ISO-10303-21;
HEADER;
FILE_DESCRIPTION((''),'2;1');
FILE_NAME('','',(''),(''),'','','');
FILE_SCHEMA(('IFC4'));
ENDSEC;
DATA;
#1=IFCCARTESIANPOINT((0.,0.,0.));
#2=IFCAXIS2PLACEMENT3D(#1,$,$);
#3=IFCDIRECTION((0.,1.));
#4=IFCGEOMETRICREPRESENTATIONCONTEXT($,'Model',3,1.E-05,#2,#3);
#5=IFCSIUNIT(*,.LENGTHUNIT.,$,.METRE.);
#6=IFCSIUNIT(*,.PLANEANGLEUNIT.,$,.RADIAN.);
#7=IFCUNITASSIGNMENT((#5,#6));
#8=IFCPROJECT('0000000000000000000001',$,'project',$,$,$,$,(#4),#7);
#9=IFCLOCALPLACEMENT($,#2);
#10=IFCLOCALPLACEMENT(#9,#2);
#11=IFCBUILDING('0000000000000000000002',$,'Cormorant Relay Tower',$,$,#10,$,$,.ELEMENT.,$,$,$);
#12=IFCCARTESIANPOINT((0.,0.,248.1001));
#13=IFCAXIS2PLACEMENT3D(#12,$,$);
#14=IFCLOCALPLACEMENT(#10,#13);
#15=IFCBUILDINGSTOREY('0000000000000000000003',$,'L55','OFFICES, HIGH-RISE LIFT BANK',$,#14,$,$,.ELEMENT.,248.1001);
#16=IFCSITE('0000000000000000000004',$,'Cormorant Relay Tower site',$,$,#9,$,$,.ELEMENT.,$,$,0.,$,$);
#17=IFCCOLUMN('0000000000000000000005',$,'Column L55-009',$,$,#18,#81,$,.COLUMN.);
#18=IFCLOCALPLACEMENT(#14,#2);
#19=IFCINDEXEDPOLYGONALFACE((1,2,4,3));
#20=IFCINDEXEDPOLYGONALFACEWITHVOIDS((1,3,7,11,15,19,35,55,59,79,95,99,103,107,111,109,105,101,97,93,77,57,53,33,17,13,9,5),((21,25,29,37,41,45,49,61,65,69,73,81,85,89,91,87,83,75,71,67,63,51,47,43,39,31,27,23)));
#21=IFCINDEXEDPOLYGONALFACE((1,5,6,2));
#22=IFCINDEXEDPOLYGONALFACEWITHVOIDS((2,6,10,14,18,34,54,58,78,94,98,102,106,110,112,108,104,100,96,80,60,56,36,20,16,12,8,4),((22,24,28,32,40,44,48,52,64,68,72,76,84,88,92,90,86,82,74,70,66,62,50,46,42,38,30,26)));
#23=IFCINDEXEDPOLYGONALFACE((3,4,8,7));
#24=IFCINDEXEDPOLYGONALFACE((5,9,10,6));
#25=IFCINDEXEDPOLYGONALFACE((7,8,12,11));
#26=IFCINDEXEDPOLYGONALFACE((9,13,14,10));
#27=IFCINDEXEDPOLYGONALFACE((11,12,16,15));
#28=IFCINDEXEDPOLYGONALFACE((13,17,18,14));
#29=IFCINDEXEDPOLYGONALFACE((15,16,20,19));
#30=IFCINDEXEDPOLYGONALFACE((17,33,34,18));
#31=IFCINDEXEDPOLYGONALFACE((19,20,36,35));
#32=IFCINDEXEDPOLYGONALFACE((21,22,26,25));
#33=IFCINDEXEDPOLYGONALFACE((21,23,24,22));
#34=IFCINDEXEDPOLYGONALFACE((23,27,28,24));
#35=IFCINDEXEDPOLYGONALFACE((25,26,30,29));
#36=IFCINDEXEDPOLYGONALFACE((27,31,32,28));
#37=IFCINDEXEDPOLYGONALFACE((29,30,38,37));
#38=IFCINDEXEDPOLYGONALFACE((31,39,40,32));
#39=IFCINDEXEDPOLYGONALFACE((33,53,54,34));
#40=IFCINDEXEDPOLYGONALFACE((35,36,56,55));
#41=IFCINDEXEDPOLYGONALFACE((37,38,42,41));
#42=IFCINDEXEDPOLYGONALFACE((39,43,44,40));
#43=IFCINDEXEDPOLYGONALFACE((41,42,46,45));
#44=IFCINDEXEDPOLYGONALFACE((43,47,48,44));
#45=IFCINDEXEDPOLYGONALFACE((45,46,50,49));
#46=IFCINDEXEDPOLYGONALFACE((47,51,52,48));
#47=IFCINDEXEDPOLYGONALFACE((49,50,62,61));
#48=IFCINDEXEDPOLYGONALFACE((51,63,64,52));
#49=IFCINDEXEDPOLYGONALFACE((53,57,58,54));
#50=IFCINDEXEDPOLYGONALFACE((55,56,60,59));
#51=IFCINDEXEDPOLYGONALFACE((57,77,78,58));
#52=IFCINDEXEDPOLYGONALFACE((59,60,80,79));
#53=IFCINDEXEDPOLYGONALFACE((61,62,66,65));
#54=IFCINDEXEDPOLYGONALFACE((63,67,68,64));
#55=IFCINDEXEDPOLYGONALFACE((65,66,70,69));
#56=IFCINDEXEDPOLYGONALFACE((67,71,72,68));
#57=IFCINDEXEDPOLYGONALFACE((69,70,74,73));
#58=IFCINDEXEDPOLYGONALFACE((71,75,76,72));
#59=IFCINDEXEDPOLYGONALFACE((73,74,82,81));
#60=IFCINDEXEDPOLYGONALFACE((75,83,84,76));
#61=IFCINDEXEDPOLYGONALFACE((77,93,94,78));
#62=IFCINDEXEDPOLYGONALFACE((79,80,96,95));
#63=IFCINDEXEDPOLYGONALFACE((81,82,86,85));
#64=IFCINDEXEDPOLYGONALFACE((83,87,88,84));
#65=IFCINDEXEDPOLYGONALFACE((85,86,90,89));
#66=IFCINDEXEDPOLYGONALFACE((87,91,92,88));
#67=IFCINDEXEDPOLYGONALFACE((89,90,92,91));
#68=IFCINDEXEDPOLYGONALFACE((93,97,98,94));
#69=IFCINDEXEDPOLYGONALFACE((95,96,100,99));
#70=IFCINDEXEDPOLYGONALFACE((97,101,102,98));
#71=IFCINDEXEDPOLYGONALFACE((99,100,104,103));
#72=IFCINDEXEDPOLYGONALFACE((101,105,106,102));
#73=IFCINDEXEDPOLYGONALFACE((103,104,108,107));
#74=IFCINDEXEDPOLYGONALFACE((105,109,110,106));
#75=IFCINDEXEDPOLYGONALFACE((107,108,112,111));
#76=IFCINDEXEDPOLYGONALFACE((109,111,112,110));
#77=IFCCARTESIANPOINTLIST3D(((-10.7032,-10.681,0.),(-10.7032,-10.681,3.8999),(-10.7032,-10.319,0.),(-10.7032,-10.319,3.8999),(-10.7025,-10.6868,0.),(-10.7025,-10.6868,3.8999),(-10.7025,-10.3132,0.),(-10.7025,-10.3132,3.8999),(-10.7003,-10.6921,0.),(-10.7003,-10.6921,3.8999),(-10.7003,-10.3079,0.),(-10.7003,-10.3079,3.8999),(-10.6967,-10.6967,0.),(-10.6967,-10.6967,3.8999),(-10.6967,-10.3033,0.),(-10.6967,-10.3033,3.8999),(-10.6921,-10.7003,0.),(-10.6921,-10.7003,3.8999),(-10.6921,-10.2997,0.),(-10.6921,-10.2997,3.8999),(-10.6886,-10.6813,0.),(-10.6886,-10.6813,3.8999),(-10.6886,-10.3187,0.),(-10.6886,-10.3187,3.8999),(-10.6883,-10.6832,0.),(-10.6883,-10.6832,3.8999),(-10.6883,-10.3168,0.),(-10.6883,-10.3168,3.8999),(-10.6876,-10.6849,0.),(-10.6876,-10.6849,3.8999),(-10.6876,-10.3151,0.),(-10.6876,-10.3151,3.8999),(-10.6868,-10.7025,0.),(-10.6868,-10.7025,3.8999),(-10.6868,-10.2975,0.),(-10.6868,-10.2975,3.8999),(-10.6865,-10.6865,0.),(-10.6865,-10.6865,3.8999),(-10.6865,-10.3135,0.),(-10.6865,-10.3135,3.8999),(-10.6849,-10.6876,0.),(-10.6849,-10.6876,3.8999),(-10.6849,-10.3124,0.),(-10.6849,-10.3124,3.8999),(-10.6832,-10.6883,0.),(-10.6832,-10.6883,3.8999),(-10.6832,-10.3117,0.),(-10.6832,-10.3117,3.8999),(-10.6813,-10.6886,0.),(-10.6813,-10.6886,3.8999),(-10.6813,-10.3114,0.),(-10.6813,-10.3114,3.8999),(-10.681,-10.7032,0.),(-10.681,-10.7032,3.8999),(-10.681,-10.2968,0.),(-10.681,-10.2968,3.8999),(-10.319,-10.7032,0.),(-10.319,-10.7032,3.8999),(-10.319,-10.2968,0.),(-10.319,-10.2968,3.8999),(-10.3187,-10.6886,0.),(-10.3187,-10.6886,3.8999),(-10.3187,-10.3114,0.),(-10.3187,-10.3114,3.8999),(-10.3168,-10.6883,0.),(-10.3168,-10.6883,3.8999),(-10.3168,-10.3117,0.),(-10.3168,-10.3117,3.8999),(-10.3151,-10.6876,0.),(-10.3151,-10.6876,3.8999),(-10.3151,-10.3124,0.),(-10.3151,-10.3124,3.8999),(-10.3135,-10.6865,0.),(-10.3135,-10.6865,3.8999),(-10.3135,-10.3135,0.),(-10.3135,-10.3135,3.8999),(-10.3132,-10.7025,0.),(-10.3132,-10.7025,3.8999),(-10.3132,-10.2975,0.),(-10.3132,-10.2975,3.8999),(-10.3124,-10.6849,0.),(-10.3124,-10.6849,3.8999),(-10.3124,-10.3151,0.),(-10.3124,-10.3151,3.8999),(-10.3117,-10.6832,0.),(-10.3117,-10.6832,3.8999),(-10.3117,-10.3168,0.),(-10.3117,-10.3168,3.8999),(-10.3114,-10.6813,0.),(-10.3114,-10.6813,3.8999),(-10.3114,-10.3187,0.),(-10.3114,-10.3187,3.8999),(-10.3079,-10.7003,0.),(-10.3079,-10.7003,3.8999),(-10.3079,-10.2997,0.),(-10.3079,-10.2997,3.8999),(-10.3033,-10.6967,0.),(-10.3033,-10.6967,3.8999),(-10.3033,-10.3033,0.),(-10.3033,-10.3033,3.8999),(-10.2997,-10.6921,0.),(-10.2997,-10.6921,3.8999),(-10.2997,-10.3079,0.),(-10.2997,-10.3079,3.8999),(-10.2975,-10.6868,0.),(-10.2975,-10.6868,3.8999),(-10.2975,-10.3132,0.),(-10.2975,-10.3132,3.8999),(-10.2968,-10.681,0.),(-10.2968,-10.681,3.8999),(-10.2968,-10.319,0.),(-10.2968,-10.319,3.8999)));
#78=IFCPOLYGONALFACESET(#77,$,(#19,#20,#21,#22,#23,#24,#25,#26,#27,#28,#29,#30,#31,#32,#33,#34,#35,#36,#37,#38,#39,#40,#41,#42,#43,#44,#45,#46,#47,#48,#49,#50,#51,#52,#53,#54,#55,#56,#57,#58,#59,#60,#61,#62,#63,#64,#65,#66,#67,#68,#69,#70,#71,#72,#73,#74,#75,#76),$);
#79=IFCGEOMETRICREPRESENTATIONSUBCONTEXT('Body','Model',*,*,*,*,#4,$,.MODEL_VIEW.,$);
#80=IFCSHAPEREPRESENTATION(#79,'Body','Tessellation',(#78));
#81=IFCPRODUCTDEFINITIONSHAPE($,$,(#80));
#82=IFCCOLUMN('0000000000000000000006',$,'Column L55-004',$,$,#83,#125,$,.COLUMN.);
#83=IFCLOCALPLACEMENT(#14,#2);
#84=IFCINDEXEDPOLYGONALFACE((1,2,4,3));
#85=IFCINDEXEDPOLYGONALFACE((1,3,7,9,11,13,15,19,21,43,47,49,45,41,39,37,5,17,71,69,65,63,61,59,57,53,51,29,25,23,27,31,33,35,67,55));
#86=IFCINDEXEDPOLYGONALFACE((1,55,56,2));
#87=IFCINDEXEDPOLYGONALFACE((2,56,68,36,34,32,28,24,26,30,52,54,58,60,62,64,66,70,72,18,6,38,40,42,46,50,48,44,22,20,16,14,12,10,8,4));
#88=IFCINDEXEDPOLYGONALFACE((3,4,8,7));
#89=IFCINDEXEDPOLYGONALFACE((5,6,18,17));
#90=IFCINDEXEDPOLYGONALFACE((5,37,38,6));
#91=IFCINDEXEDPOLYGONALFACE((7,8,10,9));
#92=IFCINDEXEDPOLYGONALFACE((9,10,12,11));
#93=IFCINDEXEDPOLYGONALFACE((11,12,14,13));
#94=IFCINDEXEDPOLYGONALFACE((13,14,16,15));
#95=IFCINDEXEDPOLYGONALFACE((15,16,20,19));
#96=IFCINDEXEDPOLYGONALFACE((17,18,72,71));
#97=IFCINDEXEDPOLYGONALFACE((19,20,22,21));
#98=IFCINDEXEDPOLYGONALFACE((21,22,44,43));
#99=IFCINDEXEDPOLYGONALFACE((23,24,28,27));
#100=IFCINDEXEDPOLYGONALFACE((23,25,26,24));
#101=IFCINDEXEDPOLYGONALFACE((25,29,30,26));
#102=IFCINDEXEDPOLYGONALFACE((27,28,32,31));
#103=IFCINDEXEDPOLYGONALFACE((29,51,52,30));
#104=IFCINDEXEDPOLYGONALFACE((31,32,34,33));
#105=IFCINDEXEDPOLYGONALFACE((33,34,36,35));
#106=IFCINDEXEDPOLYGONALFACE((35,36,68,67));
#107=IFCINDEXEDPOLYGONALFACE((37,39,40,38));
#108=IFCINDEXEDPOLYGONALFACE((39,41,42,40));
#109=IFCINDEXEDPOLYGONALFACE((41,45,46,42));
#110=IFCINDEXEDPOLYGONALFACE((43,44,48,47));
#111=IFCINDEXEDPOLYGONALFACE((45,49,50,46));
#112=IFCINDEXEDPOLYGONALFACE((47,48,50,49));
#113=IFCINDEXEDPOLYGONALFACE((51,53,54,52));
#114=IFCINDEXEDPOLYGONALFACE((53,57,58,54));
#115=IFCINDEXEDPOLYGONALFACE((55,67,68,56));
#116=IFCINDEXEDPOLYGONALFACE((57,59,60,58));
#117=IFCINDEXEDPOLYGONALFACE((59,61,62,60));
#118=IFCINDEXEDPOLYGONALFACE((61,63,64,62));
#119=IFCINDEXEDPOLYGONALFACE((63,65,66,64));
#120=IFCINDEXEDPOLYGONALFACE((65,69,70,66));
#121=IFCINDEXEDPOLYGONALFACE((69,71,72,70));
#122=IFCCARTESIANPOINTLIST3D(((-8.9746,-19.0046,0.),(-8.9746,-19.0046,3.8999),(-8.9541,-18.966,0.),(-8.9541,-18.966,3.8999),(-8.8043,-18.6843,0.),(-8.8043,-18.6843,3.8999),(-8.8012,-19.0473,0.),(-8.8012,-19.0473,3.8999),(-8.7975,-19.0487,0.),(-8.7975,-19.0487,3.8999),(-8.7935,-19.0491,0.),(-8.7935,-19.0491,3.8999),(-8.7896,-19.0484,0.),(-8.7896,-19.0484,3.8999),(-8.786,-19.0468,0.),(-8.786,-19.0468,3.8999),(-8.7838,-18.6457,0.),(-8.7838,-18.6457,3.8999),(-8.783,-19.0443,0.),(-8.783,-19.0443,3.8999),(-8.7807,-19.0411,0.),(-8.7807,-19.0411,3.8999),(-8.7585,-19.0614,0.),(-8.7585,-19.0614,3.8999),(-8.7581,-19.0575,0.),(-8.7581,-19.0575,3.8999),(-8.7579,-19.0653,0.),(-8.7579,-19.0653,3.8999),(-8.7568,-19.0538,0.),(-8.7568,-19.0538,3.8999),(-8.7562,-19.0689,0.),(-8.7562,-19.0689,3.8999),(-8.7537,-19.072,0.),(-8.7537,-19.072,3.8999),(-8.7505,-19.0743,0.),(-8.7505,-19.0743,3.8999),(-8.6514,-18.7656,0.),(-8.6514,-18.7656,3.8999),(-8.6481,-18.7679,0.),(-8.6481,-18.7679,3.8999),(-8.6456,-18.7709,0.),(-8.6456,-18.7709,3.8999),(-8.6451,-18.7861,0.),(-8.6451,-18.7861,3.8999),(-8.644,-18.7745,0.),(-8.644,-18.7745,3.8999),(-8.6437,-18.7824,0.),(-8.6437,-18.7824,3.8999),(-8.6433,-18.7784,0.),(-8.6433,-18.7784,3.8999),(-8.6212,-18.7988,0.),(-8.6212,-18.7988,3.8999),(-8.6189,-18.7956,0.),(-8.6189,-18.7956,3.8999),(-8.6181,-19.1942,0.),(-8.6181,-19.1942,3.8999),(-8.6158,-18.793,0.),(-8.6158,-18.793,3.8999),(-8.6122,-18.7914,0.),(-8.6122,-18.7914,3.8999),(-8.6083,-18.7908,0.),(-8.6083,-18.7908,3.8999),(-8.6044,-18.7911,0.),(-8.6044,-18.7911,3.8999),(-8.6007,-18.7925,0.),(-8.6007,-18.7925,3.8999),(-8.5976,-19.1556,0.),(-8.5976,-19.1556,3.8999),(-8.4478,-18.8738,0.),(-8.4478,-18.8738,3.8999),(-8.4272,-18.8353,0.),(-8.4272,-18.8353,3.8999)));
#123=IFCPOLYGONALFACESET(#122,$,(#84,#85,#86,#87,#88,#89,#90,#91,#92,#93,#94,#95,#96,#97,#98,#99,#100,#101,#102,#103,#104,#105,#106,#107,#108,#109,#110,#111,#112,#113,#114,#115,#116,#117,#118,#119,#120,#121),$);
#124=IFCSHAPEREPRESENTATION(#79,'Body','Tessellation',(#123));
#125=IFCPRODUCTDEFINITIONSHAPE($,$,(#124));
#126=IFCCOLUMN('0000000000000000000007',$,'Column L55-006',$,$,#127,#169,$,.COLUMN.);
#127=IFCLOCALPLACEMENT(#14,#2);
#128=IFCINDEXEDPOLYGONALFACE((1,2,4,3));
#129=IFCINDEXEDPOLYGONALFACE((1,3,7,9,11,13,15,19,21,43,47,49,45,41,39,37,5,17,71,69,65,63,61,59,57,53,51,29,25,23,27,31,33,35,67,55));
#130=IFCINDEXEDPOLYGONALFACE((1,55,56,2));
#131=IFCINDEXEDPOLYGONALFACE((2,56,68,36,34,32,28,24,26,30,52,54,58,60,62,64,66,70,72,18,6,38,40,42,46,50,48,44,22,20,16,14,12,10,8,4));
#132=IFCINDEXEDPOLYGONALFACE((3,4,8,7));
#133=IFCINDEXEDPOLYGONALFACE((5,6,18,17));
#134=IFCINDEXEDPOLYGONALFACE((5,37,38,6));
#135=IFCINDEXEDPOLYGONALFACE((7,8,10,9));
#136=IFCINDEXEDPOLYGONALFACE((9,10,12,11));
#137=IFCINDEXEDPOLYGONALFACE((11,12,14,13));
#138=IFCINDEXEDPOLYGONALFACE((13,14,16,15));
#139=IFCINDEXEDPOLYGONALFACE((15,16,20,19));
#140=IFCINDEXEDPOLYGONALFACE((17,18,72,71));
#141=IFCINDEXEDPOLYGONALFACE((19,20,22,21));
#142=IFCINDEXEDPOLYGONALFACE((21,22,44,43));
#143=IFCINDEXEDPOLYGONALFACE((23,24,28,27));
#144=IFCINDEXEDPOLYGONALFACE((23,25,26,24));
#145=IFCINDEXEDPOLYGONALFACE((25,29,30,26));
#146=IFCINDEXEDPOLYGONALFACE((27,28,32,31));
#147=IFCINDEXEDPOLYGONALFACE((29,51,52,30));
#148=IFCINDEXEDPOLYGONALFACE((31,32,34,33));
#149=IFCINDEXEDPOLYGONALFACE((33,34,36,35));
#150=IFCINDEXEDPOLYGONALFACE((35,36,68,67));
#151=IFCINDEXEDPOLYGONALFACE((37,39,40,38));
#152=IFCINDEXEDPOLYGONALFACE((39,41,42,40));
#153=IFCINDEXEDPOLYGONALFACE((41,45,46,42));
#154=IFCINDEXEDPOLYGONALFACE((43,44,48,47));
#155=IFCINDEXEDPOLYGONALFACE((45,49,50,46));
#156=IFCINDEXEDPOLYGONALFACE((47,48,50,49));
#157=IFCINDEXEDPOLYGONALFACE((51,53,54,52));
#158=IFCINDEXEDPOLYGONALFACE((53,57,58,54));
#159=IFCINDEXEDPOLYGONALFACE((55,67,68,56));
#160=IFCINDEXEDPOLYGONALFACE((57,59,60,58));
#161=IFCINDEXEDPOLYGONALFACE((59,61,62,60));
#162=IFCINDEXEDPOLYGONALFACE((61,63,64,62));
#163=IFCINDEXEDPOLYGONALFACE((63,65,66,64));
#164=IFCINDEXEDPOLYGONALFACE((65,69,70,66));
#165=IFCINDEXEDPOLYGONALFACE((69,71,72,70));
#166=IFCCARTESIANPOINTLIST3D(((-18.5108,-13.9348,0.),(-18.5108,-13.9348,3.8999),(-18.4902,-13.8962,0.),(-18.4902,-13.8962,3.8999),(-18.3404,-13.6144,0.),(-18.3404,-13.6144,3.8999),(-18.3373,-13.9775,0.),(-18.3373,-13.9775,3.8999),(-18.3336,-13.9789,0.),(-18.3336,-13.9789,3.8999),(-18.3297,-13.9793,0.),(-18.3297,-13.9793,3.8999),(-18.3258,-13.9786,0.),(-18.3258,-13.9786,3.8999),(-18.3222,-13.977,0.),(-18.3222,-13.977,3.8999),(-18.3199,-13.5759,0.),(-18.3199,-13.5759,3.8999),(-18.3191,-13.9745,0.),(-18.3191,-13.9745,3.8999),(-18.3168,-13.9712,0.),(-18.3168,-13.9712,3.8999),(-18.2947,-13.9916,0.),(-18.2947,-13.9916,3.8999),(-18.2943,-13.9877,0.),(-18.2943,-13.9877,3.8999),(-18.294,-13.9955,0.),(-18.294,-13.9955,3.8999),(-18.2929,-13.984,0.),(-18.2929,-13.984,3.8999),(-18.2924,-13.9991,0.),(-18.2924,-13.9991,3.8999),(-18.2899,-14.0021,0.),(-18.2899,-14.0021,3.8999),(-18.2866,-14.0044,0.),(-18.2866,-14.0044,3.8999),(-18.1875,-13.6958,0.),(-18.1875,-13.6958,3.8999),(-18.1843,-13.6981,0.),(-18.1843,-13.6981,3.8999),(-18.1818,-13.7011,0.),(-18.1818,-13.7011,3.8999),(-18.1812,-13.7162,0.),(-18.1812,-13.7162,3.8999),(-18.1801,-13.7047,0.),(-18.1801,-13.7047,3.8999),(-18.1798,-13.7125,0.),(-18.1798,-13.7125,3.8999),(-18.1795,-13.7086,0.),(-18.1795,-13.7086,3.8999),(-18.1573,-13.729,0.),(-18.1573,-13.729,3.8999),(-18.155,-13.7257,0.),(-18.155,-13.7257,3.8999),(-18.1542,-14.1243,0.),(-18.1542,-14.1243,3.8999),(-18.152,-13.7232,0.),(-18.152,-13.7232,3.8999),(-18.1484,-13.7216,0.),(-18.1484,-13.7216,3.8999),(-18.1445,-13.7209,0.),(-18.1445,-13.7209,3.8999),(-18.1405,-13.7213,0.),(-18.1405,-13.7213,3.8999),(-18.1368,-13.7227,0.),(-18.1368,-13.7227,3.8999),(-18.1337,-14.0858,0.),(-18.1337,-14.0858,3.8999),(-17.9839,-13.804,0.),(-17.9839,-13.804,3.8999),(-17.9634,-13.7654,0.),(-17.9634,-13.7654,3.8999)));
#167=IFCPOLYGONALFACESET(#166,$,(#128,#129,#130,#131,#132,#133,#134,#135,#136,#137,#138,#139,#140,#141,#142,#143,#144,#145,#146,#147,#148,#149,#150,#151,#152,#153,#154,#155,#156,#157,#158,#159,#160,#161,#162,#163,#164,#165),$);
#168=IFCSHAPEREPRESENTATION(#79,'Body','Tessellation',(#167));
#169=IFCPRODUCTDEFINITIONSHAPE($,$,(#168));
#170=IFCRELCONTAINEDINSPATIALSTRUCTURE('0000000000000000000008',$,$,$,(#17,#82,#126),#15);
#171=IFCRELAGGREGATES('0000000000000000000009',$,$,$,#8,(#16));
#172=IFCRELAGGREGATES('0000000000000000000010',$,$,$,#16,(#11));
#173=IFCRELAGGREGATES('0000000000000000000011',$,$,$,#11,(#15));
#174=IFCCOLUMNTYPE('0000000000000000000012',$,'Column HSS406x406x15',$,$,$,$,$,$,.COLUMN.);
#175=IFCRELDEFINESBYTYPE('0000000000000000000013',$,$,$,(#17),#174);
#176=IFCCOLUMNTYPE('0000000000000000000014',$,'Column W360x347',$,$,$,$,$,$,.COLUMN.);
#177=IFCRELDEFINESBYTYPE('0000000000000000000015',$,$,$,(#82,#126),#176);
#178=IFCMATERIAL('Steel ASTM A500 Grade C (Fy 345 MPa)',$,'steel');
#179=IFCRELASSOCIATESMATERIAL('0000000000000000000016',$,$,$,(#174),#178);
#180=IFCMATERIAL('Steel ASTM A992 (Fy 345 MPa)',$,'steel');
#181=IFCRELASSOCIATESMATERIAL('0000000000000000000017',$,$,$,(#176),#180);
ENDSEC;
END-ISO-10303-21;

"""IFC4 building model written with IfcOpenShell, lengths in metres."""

from ifc_helpers import new_model, si_unit, direction, frame, origin, origin_2d, place, context, subcontext, project, spatial, hollow_rectangle, i_section, extrude, material, material_profile, profile_set, type_object, element, save


model = new_model("IFC4")

# Units and contexts
model_context = context("Model", 3, precision=1e-05, world=origin(), true_north=direction((0.0, 1.0)))
body_context = subcontext(model_context, "Body", "Model", "MODEL_VIEW")
ifc_project = project(units=[si_unit("LENGTHUNIT", "METRE"), si_unit("PLANEANGLEUNIT", "RADIAN")], contexts=[model_context])

# Site, building, storey
site_placement = place(None, origin())
site = spatial("IfcSite", under=ifc_project, at=site_placement, Name="Cormorant Relay Tower site", CompositionType="ELEMENT", RefElevation=0.0)
building_placement = place(site_placement, origin())
building = spatial("IfcBuilding", under=site, at=building_placement, Name="Cormorant Relay Tower", CompositionType="ELEMENT")
storey_placement = place(building_placement, frame((0.0, 0.0, 248.1001)))
storey = spatial("IfcBuildingStorey", under=building, at=storey_placement, Name="L55", Description="OFFICES, HIGH-RISE LIFT BANK", CompositionType="ELEMENT", Elevation=248.1001)

# Columns
ifc_material_1 = material(Name="Steel ASTM A500 Grade C (Fy 345 MPa)", Category="steel")
ifc_material_profile_1 = material_profile(ifc_material_1, hollow_rectangle(XDim=0.4065, YDim=0.4065, WallThickness=0.0146, InnerFilletRadius=0.0073, OuterFilletRadius=0.0222, at=origin_2d()), Name="HSS406x406x15")
ifc_profile_set_1 = profile_set([ifc_material_profile_1], Name="Steel ASTM A500 Grade C (Fy 345 MPa)")
column_type_1 = type_object("IfcColumnType", Name="Column HSS406x406x15", PredefinedType="COLUMN", material=ifc_profile_set_1)
column_placement = place(storey_placement, frame((-10.5, -10.5, 0.0), z_axis=(0.0, 0.0, 1.0), x_axis=(1.0, 0.0, 0.0)))
element("IfcColumn", 1, at=column_placement, inside=storey, type_object=column_type_1, Name="Column L55-009", PredefinedType="COLUMN", context=body_context, shape_type="SweptSolid", body=[
    extrude(hollow_rectangle(XDim=0.4065, YDim=0.4065, WallThickness=0.0146, InnerFilletRadius=0.0073, OuterFilletRadius=0.0222, at=origin_2d()), origin(), (0.0, 0.0, 1.0), 3.8999),
])
ifc_material_2 = material(Name="Steel ASTM A992 (Fy 345 MPa)", Category="steel")
ifc_material_profile_2 = material_profile(ifc_material_2, i_section(OverallWidth=0.4038, OverallDepth=0.4065, WebThickness=0.0271, FlangeThickness=0.0437, FilletRadius=0.0151, at=origin_2d()), Name="W360x347")
ifc_profile_set_2 = profile_set([ifc_material_profile_2], Name="Steel ASTM A992 (Fy 345 MPa)")
column_type_2 = type_object("IfcColumnType", Name="Column W360x347", PredefinedType="COLUMN", material=ifc_profile_set_2)
for number, where, z_axis, x_axis, name in (
    (2, (-8.7009, -18.9199, 0.0), (0.0, 0.0, 1.0), (0.882948, -0.469472, 0.0), "Column L55-004"),
    (3, (-18.2371, -13.8501, 0.0), (0.0, 0.0, 1.0), (0.882948, -0.469472, 0.0), "Column L55-006"),
):
    element("IfcColumn", number, at=place(storey_placement, frame(where, z_axis=z_axis, x_axis=x_axis)), inside=storey, type_object=column_type_2, Name=name, PredefinedType="COLUMN", context=body_context, shape_type="SweptSolid", body=[
        extrude(i_section(OverallWidth=0.4038, OverallDepth=0.4065, WebThickness=0.0271, FlangeThickness=0.0437, FilletRadius=0.0151, at=origin_2d()), origin(), (0.0, 0.0, 1.0), 3.8999),
    ])

save(model, "model.ifc")
